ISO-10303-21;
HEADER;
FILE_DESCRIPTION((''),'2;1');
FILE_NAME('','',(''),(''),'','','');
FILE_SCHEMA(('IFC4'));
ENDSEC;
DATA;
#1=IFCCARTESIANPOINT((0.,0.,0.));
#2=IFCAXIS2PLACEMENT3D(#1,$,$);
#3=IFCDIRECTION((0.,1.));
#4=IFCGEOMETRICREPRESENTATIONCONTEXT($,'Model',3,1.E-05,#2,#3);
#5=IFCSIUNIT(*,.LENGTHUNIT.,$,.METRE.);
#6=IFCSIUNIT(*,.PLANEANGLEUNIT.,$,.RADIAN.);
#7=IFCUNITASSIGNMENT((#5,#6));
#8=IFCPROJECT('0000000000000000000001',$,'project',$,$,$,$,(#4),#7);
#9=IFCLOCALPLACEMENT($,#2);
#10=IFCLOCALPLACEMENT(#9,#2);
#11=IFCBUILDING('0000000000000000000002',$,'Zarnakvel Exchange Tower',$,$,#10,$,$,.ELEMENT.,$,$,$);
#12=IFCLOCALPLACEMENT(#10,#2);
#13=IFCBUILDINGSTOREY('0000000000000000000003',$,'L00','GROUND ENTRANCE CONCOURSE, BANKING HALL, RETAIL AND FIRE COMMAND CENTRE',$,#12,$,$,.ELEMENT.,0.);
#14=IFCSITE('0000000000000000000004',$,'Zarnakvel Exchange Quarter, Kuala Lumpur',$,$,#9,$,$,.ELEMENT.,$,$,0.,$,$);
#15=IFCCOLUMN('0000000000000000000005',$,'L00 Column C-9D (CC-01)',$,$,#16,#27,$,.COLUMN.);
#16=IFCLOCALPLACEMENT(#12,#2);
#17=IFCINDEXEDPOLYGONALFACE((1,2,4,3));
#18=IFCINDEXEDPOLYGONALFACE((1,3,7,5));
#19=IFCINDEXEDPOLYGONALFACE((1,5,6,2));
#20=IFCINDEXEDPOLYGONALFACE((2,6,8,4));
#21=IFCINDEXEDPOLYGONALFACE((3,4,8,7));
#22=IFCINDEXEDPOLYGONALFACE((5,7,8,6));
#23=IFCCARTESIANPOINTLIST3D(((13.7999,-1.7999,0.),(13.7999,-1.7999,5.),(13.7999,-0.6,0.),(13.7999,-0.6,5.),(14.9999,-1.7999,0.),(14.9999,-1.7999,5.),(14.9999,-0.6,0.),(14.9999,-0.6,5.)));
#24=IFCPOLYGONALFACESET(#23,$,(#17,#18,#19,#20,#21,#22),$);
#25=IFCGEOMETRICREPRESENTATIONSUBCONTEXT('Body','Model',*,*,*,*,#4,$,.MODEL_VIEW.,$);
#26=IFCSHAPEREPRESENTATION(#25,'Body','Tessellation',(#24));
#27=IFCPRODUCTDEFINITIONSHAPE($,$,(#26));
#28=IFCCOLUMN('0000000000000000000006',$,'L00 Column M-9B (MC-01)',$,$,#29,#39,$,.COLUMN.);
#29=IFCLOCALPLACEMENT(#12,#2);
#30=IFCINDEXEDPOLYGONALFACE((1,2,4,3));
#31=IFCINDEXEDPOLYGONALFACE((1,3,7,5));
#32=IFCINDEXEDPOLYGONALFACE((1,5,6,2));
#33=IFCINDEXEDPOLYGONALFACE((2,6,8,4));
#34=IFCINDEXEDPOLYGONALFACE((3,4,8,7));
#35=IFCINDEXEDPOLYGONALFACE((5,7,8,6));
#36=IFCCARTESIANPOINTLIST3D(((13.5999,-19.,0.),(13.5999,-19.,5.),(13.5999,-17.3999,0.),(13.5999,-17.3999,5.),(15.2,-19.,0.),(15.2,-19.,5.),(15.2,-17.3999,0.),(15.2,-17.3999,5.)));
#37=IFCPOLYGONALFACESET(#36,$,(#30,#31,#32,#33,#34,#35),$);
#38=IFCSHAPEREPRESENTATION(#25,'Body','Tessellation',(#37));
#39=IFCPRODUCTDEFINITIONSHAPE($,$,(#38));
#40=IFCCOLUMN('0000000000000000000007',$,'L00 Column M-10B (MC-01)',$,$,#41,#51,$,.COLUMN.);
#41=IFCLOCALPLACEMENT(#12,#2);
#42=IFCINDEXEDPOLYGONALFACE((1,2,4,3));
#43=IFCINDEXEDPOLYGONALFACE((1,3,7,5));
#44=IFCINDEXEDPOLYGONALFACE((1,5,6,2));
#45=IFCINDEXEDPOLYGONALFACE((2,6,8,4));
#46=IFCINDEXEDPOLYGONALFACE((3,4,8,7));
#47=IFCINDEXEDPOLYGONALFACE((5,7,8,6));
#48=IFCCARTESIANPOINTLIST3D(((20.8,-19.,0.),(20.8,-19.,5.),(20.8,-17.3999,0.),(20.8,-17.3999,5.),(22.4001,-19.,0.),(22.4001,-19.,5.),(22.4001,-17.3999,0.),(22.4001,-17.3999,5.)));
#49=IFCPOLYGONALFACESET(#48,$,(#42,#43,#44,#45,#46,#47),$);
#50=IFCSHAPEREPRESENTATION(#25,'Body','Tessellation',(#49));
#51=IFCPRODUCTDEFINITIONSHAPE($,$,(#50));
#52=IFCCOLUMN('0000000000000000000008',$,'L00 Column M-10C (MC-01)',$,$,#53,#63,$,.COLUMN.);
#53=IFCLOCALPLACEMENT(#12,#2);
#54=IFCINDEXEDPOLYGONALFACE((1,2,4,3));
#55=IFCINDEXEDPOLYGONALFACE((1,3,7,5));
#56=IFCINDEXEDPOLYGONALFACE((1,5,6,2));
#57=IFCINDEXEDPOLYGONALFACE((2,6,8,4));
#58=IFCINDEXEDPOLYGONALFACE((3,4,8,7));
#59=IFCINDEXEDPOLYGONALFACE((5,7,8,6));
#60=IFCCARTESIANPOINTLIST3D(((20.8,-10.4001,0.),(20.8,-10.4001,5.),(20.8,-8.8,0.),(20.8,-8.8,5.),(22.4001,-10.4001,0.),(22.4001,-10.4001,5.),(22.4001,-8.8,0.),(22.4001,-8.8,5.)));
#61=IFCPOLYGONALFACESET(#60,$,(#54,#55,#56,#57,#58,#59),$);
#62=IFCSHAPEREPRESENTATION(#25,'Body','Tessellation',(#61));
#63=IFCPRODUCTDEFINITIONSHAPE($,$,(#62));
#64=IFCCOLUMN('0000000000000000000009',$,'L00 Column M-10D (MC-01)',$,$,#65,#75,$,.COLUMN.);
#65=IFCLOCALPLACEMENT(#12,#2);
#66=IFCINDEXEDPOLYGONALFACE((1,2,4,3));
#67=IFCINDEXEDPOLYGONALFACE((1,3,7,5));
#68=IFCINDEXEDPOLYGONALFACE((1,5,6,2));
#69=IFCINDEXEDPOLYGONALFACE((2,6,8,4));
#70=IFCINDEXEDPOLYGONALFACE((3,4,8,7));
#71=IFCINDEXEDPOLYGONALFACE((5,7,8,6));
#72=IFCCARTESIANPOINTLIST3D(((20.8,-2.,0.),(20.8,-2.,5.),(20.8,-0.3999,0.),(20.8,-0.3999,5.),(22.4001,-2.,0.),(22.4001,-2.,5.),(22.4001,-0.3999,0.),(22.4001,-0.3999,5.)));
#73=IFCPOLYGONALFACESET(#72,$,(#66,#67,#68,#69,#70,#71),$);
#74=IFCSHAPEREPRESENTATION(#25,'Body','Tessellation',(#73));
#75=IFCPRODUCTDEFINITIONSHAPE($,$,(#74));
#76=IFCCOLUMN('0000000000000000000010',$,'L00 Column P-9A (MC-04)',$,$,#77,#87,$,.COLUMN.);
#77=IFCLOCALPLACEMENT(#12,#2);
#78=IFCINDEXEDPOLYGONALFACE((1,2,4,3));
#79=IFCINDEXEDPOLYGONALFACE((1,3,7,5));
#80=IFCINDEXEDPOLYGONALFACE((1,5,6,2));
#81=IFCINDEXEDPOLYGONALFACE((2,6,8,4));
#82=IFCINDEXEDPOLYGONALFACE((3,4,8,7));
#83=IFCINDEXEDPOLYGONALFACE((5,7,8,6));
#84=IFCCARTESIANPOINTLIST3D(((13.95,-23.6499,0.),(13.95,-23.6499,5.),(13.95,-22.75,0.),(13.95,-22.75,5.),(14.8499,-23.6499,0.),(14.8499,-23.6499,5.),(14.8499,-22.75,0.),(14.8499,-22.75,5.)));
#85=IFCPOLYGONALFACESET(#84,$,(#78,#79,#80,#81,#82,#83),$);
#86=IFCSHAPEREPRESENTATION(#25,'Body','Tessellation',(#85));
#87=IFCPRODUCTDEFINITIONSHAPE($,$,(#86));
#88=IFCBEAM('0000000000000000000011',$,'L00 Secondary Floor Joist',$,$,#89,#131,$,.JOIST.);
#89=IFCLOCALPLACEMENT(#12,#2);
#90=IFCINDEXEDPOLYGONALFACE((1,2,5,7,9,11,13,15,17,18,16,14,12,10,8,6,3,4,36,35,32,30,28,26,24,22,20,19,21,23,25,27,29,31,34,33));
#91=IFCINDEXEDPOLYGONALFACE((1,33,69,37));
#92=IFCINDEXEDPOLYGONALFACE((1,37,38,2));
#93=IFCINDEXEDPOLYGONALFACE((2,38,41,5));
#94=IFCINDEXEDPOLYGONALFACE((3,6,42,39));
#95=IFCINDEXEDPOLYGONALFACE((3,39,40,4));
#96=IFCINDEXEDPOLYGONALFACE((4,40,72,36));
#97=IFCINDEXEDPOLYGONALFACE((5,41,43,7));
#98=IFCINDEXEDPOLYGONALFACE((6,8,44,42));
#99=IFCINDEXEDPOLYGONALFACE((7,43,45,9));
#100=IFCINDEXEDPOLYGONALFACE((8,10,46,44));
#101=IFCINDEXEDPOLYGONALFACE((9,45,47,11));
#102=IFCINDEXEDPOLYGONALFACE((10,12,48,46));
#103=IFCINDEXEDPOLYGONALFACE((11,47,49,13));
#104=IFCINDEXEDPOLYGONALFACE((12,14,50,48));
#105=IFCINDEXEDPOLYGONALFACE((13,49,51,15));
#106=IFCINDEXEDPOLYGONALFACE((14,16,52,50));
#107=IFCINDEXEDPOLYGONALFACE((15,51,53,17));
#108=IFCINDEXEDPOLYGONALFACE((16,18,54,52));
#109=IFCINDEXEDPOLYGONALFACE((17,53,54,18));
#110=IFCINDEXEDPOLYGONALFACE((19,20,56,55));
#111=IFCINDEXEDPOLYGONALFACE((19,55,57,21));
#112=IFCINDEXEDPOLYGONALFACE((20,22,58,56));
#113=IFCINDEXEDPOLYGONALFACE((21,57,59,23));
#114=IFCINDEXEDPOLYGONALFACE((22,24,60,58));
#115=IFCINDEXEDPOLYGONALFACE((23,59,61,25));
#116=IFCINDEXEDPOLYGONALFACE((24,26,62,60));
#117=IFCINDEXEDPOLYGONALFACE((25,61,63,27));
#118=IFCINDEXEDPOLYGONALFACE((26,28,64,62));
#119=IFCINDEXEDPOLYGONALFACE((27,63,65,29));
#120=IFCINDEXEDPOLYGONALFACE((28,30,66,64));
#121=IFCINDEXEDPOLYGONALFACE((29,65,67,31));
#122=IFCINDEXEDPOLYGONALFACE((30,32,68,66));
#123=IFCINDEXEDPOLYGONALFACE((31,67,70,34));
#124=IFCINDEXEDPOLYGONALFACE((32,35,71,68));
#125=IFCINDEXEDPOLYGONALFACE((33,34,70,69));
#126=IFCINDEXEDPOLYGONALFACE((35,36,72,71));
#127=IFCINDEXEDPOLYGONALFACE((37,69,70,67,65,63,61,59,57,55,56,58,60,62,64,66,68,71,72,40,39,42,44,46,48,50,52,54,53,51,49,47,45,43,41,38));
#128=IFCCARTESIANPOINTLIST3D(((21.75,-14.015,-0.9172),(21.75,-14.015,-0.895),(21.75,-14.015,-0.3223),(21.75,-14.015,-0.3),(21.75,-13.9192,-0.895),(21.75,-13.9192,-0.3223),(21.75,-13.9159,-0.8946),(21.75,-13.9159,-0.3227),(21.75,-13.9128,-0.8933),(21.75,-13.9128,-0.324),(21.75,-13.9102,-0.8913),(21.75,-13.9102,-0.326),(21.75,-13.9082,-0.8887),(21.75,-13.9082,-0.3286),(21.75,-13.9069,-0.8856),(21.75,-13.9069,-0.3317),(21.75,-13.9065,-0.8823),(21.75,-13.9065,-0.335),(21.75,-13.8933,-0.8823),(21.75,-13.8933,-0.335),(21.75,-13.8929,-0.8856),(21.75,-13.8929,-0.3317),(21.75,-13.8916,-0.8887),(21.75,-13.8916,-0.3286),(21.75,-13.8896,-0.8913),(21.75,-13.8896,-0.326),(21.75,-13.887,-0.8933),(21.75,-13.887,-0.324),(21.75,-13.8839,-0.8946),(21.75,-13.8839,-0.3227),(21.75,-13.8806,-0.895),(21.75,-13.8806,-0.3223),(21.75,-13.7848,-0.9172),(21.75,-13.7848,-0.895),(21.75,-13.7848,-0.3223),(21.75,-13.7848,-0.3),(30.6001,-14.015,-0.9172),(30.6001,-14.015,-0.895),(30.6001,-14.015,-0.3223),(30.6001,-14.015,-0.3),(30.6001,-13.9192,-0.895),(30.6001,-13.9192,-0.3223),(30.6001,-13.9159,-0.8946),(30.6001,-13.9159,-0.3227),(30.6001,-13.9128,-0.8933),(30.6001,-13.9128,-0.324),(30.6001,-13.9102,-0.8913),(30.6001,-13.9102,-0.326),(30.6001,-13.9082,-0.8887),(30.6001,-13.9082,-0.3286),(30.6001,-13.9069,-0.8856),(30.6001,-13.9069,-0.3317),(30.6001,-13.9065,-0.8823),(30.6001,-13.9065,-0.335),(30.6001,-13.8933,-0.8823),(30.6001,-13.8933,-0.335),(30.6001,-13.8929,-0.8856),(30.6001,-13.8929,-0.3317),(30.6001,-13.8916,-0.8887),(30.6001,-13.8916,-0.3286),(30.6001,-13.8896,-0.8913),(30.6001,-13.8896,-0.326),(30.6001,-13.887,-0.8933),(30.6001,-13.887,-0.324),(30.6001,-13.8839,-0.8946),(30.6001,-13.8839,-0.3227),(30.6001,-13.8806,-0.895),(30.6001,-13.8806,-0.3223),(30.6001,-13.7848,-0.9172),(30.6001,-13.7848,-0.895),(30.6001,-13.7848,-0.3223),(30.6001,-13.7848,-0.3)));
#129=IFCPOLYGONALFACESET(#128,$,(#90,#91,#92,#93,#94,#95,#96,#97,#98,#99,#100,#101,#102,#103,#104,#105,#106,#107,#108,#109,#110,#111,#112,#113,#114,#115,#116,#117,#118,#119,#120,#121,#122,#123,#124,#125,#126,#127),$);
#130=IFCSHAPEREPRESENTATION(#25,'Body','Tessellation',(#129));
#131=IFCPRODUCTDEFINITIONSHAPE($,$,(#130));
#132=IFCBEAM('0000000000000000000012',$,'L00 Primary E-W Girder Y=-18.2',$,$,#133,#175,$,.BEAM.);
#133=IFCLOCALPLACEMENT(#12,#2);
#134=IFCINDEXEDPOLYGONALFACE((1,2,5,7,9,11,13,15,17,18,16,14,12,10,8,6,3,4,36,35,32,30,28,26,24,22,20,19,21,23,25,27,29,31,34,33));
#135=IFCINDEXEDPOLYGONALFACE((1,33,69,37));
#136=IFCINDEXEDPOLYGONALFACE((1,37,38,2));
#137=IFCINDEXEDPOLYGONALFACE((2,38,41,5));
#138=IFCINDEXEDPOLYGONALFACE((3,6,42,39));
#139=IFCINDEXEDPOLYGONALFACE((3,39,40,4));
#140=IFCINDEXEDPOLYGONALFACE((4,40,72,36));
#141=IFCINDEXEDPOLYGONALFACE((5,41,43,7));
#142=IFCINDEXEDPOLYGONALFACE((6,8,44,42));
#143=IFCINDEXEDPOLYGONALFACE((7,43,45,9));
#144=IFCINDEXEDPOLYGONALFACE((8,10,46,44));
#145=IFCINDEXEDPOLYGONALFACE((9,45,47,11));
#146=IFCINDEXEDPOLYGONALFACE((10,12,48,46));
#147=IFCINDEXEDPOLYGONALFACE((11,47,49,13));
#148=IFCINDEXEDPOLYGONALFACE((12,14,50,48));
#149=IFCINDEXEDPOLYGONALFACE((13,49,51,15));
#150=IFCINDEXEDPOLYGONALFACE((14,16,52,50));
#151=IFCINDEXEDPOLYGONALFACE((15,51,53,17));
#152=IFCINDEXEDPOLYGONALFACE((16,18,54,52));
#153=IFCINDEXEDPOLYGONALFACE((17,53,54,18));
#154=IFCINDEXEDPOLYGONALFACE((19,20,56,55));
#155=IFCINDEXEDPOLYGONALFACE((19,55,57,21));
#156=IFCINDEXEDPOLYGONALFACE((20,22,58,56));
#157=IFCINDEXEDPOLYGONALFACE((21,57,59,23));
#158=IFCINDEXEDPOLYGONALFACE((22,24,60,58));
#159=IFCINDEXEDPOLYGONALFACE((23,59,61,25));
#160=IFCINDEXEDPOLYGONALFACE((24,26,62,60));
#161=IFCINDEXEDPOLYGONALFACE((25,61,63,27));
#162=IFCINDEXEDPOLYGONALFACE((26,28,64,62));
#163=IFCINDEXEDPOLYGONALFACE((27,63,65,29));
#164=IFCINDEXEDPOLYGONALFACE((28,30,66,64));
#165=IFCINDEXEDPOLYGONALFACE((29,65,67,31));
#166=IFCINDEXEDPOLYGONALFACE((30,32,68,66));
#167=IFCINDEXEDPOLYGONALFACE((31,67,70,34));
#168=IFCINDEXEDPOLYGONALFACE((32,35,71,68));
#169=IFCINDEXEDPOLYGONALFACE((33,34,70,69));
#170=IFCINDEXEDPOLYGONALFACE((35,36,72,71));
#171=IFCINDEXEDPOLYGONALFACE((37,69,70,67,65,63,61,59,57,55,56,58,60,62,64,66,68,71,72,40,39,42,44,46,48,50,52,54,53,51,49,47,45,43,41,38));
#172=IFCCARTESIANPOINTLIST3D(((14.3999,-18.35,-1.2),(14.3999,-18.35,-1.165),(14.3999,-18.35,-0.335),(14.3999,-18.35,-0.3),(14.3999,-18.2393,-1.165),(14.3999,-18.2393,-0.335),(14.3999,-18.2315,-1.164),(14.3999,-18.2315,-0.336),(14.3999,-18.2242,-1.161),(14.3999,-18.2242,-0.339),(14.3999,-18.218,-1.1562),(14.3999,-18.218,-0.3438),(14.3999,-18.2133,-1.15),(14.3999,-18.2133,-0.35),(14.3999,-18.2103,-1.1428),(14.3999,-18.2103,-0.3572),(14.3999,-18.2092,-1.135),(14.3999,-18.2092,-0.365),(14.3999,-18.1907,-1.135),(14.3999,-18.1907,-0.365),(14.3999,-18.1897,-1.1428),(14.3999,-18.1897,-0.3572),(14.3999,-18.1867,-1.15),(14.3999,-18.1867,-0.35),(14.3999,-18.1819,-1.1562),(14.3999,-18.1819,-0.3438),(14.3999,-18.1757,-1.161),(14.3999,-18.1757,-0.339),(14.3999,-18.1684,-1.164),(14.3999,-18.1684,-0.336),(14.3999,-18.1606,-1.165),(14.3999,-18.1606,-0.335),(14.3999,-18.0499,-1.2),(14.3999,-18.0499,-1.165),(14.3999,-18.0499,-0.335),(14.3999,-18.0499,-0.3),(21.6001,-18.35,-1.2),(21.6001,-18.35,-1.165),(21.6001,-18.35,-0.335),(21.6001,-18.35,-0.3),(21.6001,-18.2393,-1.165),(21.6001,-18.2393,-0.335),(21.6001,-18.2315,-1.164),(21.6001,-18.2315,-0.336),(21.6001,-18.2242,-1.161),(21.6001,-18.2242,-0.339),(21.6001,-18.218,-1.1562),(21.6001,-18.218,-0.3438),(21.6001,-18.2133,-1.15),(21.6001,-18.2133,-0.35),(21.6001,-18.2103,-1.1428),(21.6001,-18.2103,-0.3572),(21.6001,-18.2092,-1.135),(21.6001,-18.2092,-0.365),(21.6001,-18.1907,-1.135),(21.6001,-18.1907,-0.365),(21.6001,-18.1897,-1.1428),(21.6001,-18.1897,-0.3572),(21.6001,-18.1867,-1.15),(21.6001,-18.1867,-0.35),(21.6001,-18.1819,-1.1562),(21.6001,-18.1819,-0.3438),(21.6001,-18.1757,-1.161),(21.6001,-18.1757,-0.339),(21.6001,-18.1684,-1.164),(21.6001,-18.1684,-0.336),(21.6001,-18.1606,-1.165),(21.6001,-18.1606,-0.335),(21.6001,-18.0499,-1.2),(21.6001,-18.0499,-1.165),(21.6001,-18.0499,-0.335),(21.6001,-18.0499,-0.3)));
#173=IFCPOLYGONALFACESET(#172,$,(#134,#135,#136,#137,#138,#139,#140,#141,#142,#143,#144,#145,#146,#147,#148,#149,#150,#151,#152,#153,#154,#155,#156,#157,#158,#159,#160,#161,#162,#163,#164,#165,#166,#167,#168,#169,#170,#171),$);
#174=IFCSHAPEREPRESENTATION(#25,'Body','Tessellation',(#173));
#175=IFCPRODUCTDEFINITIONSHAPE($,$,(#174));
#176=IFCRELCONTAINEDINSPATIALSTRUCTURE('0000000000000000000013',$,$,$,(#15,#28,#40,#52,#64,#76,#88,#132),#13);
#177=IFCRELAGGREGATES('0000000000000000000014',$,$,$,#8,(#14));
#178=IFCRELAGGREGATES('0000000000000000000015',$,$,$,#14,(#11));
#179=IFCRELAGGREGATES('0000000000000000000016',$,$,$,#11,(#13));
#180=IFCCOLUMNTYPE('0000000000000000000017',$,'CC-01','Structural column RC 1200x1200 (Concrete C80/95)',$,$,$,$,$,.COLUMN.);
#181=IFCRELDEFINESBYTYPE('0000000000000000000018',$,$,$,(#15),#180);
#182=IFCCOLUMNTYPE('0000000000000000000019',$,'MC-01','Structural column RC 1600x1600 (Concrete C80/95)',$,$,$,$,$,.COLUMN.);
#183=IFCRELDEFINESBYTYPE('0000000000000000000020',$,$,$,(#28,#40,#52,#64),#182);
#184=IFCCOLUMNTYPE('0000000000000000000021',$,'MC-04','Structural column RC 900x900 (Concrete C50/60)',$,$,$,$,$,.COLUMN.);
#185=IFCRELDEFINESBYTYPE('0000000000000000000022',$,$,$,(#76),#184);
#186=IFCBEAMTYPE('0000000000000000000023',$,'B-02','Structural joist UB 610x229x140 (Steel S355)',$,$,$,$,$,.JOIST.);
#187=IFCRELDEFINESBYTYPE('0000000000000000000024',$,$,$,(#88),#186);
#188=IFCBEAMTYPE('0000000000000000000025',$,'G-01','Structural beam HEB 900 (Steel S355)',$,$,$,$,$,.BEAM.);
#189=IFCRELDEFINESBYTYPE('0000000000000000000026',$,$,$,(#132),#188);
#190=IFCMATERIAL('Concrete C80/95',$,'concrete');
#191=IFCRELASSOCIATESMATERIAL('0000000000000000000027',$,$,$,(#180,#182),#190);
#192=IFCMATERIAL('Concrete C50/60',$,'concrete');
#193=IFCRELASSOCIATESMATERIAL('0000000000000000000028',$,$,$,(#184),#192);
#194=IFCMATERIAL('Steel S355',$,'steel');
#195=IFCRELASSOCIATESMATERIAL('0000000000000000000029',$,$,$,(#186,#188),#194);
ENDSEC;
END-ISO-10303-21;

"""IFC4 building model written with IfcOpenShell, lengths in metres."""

from ifc_helpers import new_model, si_unit, direction, frame, origin, origin_2d, place, context, subcontext, project, spatial, rectangle, i_section, extrude, material, material_profile, profile_set, type_object, element, save


model = new_model("IFC4")

# Units and contexts
model_context = context("Model", 3, precision=1e-05, world=origin(), true_north=direction((0.0, 1.0)))
body_context = subcontext(model_context, "Body", "Model", "MODEL_VIEW")
ifc_project = project(units=[si_unit("LENGTHUNIT", "METRE"), si_unit("PLANEANGLEUNIT", "RADIAN")], contexts=[model_context])

# Site, building, storey
site_placement = place(None, origin())
site = spatial("IfcSite", under=ifc_project, at=site_placement, Name="Zarnakvel Exchange Quarter, Kuala Lumpur", CompositionType="ELEMENT", RefElevation=0.0)
building_placement = place(site_placement, origin())
building = spatial("IfcBuilding", under=site, at=building_placement, Name="Zarnakvel Exchange Tower", CompositionType="ELEMENT")
storey_placement = place(building_placement, origin())
storey = spatial("IfcBuildingStorey", under=building, at=storey_placement, Name="L00", Description="GROUND ENTRANCE CONCOURSE, BANKING HALL, RETAIL AND FIRE COMMAND CENTRE", CompositionType="ELEMENT", Elevation=0.0)

# Columns
ifc_material_1 = material(Name="Concrete C80/95", Category="concrete")
ifc_material_profile_1 = material_profile(ifc_material_1, rectangle(XDim=1.2, YDim=1.2, at=origin_2d()))
ifc_profile_set_1 = profile_set([ifc_material_profile_1], Name="Concrete C80/95")
column_type_1 = type_object("IfcColumnType", Name="CC-01", Description="Structural column RC 1200x1200 (Concrete C80/95)", PredefinedType="COLUMN", material=ifc_profile_set_1)
column_1_placement = place(storey_placement, frame((14.3999, -1.2, 0.0), z_axis=(0.0, 0.0, 1.0), x_axis=(1.0, 0.0, 0.0)))
element("IfcColumn", 1, at=column_1_placement, inside=storey, type_object=column_type_1, Name="L00 Column C-9D (CC-01)", PredefinedType="COLUMN", context=body_context, shape_type="SweptSolid", body=[
    extrude(rectangle(XDim=1.2, YDim=1.2, at=origin_2d()), origin(), (0.0, 0.0, 1.0), 5.0),
])
ifc_material_profile_2 = material_profile(ifc_material_1, rectangle(XDim=1.6001, YDim=1.6001, at=origin_2d()))
ifc_profile_set_2 = profile_set([ifc_material_profile_2], Name="Concrete C80/95")
column_type_2 = type_object("IfcColumnType", Name="MC-01", Description="Structural column RC 1600x1600 (Concrete C80/95)", PredefinedType="COLUMN", material=ifc_profile_set_2)
for number, where, z_axis, x_axis, name in (
    (2, (14.3999, -18.2, 0.0), (0.0, 0.0, 1.0), (1.0, 0.0, 0.0), "L00 Column M-9B (MC-01)"),
    (3, (21.6001, -18.2, 0.0), (0.0, 0.0, 1.0), (1.0, 0.0, 0.0), "L00 Column M-10B (MC-01)"),
    (4, (21.6001, -9.6001, 0.0), (0.0, 0.0, 1.0), (1.0, 0.0, 0.0), "L00 Column M-10C (MC-01)"),
    (5, (21.6001, -1.2, 0.0), (0.0, 0.0, 1.0), (1.0, 0.0, 0.0), "L00 Column M-10D (MC-01)"),
):
    element("IfcColumn", number, at=place(storey_placement, frame(where, z_axis=z_axis, x_axis=x_axis)), inside=storey, type_object=column_type_2, Name=name, PredefinedType="COLUMN", context=body_context, shape_type="SweptSolid", body=[
        extrude(rectangle(XDim=1.6001, YDim=1.6001, at=origin_2d()), origin(), (0.0, 0.0, 1.0), 5.0),
    ])
ifc_material_2 = material(Name="Concrete C50/60", Category="concrete")
ifc_material_profile_3 = material_profile(ifc_material_2, rectangle(XDim=0.8999, YDim=0.8999, at=origin_2d()))
ifc_profile_set_3 = profile_set([ifc_material_profile_3], Name="Concrete C50/60")
column_type_3 = type_object("IfcColumnType", Name="MC-04", Description="Structural column RC 900x900 (Concrete C50/60)", PredefinedType="COLUMN", material=ifc_profile_set_3)
column_2_placement = place(storey_placement, frame((14.3999, -23.2, 0.0), z_axis=(0.0, 0.0, 1.0), x_axis=(1.0, 0.0, 0.0)))
element("IfcColumn", 6, at=column_2_placement, inside=storey, type_object=column_type_3, Name="L00 Column P-9A (MC-04)", PredefinedType="COLUMN", context=body_context, shape_type="SweptSolid", body=[
    extrude(rectangle(XDim=0.8999, YDim=0.8999, at=origin_2d()), origin(), (0.0, 0.0, 1.0), 5.0),
])

# Beams
ifc_material_3 = material(Name="Steel S355", Category="steel")
ifc_material_profile_4 = material_profile(ifc_material_3, i_section(OverallWidth=0.2302, OverallDepth=0.6172, WebThickness=0.0132, FlangeThickness=0.0222, FilletRadius=0.0127, at=origin_2d()))
ifc_profile_set_4 = profile_set([ifc_material_profile_4], Name="Steel S355")
beam_type_1 = type_object("IfcBeamType", Name="B-02", Description="Structural joist UB 610x229x140 (Steel S355)", PredefinedType="JOIST", material=ifc_profile_set_4)
beam_1_placement = place(storey_placement, frame((21.75, -13.8999, -0.6086), z_axis=(1.0, 0.0, 0.0), x_axis=(0.0, 1.0, 0.0)))
element("IfcBeam", 7, at=beam_1_placement, inside=storey, type_object=beam_type_1, Name="L00 Secondary Floor Joist", PredefinedType="JOIST", context=body_context, shape_type="SweptSolid", body=[
    extrude(i_section(OverallWidth=0.2302, OverallDepth=0.6172, WebThickness=0.0132, FlangeThickness=0.0222, FilletRadius=0.0127, at=origin_2d()), origin(), (0.0, 0.0, 1.0), 8.8501),
])
ifc_material_profile_5 = material_profile(ifc_material_3, i_section(OverallWidth=0.3, OverallDepth=0.8999, WebThickness=0.0186, FlangeThickness=0.0349, FilletRadius=0.03, at=origin_2d()))
ifc_profile_set_5 = profile_set([ifc_material_profile_5], Name="Steel S355")
beam_type_2 = type_object("IfcBeamType", Name="G-01", Description="Structural beam HEB 900 (Steel S355)", PredefinedType="BEAM", material=ifc_profile_set_5)
beam_2_placement = place(storey_placement, frame((14.3999, -18.2, -0.75), z_axis=(1.0, 0.0, 0.0), x_axis=(0.0, 1.0, 0.0)))
element("IfcBeam", 8, at=beam_2_placement, inside=storey, type_object=beam_type_2, Name="L00 Primary E-W Girder Y=-18.2", PredefinedType="BEAM", context=body_context, shape_type="SweptSolid", body=[
    extrude(i_section(OverallWidth=0.3, OverallDepth=0.8999, WebThickness=0.0186, FlangeThickness=0.0349, FilletRadius=0.03, at=origin_2d()), origin(), (0.0, 0.0, 1.0), 7.2002),
])

save(model, "model.ifc")
